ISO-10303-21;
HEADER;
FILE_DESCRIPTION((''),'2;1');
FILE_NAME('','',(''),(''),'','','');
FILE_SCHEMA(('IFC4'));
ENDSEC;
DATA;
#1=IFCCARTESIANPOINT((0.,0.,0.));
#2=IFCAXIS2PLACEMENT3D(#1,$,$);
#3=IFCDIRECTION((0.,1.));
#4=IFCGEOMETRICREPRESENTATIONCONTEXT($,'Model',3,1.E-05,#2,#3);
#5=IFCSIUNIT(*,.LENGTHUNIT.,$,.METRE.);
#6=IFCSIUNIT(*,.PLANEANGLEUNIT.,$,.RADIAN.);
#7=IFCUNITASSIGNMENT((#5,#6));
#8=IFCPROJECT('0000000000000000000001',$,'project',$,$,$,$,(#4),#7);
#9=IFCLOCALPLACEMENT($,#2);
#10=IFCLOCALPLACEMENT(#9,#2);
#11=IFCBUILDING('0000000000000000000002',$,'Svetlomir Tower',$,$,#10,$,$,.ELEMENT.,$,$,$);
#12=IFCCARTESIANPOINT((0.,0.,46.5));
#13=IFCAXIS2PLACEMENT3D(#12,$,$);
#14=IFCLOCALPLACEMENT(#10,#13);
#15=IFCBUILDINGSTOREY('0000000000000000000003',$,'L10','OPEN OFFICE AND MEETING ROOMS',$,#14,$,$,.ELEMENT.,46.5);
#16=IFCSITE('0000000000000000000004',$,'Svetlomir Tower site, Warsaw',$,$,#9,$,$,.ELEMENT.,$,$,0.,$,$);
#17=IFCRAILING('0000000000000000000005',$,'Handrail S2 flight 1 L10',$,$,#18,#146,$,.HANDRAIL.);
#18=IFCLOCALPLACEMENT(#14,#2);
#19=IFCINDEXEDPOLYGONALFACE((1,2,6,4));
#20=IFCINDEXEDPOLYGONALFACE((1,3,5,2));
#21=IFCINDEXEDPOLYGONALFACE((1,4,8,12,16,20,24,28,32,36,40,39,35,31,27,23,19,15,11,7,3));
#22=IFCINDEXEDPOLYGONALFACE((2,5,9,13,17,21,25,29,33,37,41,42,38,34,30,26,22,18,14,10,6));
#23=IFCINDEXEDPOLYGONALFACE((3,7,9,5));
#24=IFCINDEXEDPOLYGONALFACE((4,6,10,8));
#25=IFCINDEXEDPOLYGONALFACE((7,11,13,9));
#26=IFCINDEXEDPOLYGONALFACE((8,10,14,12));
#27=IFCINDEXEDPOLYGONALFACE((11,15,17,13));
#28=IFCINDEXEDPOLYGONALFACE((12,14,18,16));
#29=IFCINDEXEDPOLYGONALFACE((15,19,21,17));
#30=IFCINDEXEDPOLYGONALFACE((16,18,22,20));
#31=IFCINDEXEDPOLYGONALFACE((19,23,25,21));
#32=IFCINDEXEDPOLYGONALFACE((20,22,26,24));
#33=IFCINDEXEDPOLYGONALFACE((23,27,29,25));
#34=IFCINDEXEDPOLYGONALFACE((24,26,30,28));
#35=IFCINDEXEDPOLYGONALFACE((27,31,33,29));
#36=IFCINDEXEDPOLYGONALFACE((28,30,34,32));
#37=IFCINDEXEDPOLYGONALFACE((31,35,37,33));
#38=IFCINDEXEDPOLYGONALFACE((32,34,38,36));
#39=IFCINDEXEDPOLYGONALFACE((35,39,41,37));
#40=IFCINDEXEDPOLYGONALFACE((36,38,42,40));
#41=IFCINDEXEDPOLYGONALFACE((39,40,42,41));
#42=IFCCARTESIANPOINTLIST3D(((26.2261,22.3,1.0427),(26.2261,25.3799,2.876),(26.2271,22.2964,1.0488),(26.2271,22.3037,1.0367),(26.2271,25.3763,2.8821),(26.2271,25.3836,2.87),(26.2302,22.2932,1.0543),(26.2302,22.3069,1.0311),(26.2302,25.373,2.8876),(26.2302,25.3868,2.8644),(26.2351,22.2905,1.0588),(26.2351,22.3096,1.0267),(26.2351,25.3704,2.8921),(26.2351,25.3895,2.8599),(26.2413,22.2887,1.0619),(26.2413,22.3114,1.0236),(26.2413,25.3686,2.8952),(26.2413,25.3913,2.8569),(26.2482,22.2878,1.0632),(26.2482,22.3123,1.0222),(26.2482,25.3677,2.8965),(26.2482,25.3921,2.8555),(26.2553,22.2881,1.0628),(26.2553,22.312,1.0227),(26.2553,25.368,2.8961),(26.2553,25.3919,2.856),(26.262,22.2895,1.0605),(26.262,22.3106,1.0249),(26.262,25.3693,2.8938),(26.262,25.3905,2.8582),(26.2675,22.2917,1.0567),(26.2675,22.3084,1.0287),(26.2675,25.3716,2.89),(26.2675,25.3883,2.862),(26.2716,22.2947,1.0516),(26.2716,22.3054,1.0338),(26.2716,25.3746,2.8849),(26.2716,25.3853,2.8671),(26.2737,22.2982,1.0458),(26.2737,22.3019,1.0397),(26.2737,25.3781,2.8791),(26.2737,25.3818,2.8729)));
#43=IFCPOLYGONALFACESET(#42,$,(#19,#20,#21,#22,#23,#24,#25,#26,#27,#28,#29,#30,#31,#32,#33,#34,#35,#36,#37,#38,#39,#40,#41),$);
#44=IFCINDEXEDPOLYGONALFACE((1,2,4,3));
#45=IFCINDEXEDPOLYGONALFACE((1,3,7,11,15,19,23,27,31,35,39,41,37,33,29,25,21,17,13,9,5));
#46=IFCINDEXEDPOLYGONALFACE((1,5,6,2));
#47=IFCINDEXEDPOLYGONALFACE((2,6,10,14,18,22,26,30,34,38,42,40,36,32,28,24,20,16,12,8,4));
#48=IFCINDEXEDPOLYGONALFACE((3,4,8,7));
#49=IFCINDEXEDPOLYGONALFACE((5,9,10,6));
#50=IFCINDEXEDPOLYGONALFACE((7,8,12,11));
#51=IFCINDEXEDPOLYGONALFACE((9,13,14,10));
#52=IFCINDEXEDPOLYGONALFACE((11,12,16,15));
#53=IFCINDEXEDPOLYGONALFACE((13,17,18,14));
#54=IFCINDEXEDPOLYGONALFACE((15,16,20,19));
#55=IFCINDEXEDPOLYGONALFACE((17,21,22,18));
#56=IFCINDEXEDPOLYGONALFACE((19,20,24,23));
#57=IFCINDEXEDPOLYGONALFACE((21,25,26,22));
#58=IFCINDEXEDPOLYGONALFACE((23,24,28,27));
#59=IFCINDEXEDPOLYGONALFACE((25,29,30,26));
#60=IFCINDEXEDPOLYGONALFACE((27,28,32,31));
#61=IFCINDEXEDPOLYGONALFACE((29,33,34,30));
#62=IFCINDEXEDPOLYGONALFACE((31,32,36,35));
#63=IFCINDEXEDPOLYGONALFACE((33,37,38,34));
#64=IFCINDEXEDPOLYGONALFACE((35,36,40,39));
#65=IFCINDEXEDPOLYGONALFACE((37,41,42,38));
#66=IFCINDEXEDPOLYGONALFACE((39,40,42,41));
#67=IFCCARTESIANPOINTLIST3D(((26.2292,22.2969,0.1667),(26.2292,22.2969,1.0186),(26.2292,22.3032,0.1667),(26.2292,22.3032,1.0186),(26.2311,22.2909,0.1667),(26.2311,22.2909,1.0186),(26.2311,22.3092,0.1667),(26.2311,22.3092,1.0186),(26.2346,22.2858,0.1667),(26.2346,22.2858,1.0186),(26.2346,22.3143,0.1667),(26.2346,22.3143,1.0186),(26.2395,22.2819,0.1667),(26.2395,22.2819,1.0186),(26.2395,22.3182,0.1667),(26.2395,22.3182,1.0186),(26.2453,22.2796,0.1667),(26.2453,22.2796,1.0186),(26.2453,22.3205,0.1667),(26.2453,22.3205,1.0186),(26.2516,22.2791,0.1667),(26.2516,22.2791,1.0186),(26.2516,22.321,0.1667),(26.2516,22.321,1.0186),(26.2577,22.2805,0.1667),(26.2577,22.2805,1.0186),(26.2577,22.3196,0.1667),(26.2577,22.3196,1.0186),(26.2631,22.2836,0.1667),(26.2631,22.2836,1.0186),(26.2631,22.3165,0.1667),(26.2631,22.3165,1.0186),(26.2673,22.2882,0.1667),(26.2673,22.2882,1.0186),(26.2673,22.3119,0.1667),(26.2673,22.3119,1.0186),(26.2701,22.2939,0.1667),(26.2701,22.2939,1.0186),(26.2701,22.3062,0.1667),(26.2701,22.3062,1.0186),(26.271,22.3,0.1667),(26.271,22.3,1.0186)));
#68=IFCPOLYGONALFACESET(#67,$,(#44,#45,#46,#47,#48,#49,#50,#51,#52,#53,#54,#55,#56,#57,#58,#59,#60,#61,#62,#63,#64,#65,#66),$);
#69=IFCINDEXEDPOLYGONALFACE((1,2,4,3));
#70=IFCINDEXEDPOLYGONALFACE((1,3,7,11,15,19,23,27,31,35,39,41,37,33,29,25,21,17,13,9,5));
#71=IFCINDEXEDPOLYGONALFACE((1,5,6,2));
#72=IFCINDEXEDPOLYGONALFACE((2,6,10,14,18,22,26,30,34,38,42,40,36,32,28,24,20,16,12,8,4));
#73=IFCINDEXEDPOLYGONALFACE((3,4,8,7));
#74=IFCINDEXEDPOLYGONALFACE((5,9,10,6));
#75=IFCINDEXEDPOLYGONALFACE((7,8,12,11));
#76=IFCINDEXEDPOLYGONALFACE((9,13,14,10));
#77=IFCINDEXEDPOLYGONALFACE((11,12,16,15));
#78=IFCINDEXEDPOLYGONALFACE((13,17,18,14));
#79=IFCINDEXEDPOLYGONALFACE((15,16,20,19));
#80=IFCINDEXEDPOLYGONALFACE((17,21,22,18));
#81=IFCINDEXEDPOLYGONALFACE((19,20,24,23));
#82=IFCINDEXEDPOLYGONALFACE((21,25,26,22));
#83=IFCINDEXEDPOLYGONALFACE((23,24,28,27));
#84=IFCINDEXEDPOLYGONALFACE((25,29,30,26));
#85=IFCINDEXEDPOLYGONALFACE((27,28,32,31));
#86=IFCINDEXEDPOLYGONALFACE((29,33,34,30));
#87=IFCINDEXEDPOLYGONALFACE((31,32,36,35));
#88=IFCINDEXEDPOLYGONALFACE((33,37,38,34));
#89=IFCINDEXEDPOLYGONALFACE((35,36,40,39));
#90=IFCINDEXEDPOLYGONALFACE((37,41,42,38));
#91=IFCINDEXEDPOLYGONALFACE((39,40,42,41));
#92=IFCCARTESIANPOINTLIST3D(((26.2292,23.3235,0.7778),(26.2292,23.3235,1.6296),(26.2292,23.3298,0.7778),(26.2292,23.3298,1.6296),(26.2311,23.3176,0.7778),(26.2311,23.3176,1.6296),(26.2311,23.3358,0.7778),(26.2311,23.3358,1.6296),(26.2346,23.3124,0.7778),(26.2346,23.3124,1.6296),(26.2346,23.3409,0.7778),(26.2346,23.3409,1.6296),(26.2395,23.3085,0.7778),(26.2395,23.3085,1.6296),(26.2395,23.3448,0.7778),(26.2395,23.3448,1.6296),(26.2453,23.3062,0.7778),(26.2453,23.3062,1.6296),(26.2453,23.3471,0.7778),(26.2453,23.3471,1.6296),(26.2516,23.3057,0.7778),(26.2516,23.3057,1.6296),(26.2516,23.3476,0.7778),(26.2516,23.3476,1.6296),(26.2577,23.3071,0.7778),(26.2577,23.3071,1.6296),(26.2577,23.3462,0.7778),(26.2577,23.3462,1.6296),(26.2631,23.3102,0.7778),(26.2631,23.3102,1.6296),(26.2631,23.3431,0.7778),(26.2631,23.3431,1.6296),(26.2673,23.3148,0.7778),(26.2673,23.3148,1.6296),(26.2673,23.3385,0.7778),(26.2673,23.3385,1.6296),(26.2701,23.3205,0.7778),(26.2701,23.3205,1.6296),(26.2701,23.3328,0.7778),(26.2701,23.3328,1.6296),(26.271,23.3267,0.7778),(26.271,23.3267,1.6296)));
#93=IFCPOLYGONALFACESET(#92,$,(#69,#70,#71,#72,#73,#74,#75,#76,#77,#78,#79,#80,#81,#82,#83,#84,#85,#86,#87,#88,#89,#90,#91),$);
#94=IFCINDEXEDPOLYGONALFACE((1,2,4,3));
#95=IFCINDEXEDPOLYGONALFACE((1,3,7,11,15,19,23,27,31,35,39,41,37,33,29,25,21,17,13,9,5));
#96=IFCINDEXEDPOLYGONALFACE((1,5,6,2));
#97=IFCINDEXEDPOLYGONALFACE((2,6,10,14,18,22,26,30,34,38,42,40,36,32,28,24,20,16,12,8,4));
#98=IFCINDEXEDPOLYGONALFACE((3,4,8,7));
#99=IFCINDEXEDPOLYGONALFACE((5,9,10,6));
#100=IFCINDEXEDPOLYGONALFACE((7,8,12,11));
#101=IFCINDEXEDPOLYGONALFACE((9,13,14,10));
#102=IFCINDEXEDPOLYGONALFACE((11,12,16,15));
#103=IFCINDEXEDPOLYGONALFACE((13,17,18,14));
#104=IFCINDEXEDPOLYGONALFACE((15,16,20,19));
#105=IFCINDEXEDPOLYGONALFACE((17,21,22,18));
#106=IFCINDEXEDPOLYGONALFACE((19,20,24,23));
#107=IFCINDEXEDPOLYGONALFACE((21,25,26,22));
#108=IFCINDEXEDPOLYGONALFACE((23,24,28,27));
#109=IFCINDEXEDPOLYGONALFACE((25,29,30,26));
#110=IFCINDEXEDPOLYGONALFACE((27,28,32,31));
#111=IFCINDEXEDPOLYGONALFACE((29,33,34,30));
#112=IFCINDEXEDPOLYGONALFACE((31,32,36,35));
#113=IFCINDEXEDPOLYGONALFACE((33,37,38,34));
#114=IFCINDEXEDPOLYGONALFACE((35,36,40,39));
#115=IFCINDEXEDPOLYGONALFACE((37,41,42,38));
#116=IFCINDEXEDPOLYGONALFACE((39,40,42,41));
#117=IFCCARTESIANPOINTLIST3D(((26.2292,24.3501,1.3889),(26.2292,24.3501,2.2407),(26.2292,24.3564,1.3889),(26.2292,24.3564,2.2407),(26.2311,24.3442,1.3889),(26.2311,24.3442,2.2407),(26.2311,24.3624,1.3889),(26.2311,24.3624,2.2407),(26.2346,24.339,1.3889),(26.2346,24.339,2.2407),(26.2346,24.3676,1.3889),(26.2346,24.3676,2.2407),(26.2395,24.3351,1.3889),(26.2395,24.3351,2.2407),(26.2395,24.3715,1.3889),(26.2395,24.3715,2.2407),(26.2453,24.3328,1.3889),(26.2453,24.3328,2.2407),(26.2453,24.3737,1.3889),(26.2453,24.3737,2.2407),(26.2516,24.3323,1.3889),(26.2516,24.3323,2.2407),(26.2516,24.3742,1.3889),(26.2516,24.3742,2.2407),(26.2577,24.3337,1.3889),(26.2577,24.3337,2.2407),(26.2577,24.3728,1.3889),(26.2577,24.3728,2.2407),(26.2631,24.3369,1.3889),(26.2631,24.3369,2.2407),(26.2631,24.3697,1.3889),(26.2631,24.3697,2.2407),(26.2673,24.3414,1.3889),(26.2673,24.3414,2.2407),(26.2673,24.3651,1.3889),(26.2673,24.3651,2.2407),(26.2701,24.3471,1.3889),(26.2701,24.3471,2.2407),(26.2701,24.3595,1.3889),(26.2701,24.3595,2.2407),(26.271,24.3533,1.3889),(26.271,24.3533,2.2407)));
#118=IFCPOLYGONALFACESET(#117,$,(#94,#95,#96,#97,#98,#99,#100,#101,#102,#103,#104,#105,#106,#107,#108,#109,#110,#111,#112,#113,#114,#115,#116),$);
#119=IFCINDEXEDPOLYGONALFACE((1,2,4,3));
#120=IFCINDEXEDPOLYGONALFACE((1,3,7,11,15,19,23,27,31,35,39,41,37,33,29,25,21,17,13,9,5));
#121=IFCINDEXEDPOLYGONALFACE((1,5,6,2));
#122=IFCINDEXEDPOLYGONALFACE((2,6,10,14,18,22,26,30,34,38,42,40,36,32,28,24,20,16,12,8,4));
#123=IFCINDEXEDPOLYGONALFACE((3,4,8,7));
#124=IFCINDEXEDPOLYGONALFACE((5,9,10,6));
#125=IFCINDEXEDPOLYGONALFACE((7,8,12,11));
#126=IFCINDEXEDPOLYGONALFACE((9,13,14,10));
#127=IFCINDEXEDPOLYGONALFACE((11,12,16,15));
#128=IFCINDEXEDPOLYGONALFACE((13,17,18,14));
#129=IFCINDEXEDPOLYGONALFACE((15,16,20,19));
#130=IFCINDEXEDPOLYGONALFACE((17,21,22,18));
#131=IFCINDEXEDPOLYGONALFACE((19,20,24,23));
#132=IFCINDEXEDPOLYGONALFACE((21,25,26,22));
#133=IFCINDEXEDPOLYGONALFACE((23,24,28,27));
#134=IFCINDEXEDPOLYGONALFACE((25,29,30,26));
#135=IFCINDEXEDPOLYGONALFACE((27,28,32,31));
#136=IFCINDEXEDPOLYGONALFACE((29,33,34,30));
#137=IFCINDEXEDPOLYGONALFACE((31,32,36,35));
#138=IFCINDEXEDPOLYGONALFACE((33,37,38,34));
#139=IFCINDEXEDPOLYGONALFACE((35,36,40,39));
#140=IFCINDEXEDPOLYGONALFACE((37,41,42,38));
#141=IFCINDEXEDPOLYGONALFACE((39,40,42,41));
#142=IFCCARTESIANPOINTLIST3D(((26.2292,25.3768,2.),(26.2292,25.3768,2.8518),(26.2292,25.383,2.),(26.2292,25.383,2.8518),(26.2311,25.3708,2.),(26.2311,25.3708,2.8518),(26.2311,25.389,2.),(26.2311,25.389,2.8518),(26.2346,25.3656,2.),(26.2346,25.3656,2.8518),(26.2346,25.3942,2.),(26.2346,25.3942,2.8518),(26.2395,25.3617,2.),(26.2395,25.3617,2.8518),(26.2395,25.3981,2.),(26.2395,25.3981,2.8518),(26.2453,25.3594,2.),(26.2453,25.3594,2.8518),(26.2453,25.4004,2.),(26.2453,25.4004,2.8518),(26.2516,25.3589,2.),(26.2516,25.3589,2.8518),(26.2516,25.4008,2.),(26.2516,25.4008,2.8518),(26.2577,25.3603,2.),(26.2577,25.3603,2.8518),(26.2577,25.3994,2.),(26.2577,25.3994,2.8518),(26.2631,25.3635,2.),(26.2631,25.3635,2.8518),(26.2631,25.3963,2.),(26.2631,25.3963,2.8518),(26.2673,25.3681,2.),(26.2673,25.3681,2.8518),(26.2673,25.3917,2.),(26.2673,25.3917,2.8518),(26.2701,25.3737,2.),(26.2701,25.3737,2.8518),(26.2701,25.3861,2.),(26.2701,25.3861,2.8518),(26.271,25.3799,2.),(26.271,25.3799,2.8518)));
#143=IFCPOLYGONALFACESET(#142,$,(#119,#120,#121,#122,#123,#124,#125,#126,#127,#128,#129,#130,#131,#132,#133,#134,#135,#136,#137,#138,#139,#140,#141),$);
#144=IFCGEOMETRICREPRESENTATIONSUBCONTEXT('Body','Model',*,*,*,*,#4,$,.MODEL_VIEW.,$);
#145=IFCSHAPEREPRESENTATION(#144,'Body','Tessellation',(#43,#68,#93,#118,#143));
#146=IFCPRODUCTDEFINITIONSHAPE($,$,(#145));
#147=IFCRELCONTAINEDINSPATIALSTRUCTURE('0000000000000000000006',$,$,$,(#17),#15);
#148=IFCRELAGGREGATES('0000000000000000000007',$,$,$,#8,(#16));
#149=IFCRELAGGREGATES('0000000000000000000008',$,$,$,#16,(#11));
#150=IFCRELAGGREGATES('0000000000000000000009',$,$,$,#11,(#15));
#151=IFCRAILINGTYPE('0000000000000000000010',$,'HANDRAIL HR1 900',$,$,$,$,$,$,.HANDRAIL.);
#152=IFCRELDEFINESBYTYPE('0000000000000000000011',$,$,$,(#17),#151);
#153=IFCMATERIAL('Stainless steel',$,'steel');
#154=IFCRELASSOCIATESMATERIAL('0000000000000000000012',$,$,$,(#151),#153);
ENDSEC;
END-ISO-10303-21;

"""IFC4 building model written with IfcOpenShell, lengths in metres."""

from ifc_helpers import new_model, si_unit, direction, frame, origin, origin_2d, place, context, subcontext, project, spatial, circle, extrude, material, type_object, element, save


model = new_model("IFC4")

# Units and contexts
model_context = context("Model", 3, precision=1e-05, world=origin(), true_north=direction((0.0, 1.0)))
body_context = subcontext(model_context, "Body", "Model", "MODEL_VIEW")
ifc_project = project(units=[si_unit("LENGTHUNIT", "METRE"), si_unit("PLANEANGLEUNIT", "RADIAN")], contexts=[model_context])

# Site, building, storey
site_placement = place(None, origin())
site = spatial("IfcSite", under=ifc_project, at=site_placement, Name="Svetlomir Tower site, Warsaw", CompositionType="ELEMENT", RefElevation=0.0)
building_placement = place(site_placement, origin())
building = spatial("IfcBuilding", under=site, at=building_placement, Name="Svetlomir Tower", CompositionType="ELEMENT")
storey_placement = place(building_placement, frame((0.0, 0.0, 46.5)))
storey = spatial("IfcBuildingStorey", under=building, at=storey_placement, Name="L10", Description="OPEN OFFICE AND MEETING ROOMS", CompositionType="ELEMENT", Elevation=46.5)

# Railing
ifc_material_1 = material(Name="Stainless steel", Category="steel")
railing_type = type_object("IfcRailingType", Name="HANDRAIL HR1 900", PredefinedType="HANDRAIL", material=ifc_material_1)
railing_1_placement = place(storey_placement, frame((26.25, 22.3, 0.1667)))
element("IfcRailing", 1, at=railing_1_placement, inside=storey, type_object=railing_type, Name="Handrail S2 flight 1 L10", PredefinedType="HANDRAIL", context=body_context, shape_type="SweptSolid", body=[
    extrude(circle(Radius=0.0239, at=origin_2d()), frame((0.0, 0.0, 0.876), z_axis=(0.0, 0.859291, 0.511487), x_axis=(-1.0, 0.0, 0.0)), (0.0, 0.0, 1.0), 3.5842),
    extrude(circle(Radius=0.021, at=origin_2d()), origin(), (0.0, 0.0, 1.0), 0.8518),
    extrude(circle(Radius=0.021, at=origin_2d()), frame((0.0, 1.0266, 0.6111)), (0.0, 0.0, 1.0), 0.8518),
    extrude(circle(Radius=0.021, at=origin_2d()), frame((0.0, 2.0532, 1.2222)), (0.0, 0.0, 1.0), 0.8518),
    extrude(circle(Radius=0.021, at=origin_2d()), frame((0.0, 3.0798, 1.8333)), (0.0, 0.0, 1.0), 0.8518),
])

save(model, "model.ifc")
